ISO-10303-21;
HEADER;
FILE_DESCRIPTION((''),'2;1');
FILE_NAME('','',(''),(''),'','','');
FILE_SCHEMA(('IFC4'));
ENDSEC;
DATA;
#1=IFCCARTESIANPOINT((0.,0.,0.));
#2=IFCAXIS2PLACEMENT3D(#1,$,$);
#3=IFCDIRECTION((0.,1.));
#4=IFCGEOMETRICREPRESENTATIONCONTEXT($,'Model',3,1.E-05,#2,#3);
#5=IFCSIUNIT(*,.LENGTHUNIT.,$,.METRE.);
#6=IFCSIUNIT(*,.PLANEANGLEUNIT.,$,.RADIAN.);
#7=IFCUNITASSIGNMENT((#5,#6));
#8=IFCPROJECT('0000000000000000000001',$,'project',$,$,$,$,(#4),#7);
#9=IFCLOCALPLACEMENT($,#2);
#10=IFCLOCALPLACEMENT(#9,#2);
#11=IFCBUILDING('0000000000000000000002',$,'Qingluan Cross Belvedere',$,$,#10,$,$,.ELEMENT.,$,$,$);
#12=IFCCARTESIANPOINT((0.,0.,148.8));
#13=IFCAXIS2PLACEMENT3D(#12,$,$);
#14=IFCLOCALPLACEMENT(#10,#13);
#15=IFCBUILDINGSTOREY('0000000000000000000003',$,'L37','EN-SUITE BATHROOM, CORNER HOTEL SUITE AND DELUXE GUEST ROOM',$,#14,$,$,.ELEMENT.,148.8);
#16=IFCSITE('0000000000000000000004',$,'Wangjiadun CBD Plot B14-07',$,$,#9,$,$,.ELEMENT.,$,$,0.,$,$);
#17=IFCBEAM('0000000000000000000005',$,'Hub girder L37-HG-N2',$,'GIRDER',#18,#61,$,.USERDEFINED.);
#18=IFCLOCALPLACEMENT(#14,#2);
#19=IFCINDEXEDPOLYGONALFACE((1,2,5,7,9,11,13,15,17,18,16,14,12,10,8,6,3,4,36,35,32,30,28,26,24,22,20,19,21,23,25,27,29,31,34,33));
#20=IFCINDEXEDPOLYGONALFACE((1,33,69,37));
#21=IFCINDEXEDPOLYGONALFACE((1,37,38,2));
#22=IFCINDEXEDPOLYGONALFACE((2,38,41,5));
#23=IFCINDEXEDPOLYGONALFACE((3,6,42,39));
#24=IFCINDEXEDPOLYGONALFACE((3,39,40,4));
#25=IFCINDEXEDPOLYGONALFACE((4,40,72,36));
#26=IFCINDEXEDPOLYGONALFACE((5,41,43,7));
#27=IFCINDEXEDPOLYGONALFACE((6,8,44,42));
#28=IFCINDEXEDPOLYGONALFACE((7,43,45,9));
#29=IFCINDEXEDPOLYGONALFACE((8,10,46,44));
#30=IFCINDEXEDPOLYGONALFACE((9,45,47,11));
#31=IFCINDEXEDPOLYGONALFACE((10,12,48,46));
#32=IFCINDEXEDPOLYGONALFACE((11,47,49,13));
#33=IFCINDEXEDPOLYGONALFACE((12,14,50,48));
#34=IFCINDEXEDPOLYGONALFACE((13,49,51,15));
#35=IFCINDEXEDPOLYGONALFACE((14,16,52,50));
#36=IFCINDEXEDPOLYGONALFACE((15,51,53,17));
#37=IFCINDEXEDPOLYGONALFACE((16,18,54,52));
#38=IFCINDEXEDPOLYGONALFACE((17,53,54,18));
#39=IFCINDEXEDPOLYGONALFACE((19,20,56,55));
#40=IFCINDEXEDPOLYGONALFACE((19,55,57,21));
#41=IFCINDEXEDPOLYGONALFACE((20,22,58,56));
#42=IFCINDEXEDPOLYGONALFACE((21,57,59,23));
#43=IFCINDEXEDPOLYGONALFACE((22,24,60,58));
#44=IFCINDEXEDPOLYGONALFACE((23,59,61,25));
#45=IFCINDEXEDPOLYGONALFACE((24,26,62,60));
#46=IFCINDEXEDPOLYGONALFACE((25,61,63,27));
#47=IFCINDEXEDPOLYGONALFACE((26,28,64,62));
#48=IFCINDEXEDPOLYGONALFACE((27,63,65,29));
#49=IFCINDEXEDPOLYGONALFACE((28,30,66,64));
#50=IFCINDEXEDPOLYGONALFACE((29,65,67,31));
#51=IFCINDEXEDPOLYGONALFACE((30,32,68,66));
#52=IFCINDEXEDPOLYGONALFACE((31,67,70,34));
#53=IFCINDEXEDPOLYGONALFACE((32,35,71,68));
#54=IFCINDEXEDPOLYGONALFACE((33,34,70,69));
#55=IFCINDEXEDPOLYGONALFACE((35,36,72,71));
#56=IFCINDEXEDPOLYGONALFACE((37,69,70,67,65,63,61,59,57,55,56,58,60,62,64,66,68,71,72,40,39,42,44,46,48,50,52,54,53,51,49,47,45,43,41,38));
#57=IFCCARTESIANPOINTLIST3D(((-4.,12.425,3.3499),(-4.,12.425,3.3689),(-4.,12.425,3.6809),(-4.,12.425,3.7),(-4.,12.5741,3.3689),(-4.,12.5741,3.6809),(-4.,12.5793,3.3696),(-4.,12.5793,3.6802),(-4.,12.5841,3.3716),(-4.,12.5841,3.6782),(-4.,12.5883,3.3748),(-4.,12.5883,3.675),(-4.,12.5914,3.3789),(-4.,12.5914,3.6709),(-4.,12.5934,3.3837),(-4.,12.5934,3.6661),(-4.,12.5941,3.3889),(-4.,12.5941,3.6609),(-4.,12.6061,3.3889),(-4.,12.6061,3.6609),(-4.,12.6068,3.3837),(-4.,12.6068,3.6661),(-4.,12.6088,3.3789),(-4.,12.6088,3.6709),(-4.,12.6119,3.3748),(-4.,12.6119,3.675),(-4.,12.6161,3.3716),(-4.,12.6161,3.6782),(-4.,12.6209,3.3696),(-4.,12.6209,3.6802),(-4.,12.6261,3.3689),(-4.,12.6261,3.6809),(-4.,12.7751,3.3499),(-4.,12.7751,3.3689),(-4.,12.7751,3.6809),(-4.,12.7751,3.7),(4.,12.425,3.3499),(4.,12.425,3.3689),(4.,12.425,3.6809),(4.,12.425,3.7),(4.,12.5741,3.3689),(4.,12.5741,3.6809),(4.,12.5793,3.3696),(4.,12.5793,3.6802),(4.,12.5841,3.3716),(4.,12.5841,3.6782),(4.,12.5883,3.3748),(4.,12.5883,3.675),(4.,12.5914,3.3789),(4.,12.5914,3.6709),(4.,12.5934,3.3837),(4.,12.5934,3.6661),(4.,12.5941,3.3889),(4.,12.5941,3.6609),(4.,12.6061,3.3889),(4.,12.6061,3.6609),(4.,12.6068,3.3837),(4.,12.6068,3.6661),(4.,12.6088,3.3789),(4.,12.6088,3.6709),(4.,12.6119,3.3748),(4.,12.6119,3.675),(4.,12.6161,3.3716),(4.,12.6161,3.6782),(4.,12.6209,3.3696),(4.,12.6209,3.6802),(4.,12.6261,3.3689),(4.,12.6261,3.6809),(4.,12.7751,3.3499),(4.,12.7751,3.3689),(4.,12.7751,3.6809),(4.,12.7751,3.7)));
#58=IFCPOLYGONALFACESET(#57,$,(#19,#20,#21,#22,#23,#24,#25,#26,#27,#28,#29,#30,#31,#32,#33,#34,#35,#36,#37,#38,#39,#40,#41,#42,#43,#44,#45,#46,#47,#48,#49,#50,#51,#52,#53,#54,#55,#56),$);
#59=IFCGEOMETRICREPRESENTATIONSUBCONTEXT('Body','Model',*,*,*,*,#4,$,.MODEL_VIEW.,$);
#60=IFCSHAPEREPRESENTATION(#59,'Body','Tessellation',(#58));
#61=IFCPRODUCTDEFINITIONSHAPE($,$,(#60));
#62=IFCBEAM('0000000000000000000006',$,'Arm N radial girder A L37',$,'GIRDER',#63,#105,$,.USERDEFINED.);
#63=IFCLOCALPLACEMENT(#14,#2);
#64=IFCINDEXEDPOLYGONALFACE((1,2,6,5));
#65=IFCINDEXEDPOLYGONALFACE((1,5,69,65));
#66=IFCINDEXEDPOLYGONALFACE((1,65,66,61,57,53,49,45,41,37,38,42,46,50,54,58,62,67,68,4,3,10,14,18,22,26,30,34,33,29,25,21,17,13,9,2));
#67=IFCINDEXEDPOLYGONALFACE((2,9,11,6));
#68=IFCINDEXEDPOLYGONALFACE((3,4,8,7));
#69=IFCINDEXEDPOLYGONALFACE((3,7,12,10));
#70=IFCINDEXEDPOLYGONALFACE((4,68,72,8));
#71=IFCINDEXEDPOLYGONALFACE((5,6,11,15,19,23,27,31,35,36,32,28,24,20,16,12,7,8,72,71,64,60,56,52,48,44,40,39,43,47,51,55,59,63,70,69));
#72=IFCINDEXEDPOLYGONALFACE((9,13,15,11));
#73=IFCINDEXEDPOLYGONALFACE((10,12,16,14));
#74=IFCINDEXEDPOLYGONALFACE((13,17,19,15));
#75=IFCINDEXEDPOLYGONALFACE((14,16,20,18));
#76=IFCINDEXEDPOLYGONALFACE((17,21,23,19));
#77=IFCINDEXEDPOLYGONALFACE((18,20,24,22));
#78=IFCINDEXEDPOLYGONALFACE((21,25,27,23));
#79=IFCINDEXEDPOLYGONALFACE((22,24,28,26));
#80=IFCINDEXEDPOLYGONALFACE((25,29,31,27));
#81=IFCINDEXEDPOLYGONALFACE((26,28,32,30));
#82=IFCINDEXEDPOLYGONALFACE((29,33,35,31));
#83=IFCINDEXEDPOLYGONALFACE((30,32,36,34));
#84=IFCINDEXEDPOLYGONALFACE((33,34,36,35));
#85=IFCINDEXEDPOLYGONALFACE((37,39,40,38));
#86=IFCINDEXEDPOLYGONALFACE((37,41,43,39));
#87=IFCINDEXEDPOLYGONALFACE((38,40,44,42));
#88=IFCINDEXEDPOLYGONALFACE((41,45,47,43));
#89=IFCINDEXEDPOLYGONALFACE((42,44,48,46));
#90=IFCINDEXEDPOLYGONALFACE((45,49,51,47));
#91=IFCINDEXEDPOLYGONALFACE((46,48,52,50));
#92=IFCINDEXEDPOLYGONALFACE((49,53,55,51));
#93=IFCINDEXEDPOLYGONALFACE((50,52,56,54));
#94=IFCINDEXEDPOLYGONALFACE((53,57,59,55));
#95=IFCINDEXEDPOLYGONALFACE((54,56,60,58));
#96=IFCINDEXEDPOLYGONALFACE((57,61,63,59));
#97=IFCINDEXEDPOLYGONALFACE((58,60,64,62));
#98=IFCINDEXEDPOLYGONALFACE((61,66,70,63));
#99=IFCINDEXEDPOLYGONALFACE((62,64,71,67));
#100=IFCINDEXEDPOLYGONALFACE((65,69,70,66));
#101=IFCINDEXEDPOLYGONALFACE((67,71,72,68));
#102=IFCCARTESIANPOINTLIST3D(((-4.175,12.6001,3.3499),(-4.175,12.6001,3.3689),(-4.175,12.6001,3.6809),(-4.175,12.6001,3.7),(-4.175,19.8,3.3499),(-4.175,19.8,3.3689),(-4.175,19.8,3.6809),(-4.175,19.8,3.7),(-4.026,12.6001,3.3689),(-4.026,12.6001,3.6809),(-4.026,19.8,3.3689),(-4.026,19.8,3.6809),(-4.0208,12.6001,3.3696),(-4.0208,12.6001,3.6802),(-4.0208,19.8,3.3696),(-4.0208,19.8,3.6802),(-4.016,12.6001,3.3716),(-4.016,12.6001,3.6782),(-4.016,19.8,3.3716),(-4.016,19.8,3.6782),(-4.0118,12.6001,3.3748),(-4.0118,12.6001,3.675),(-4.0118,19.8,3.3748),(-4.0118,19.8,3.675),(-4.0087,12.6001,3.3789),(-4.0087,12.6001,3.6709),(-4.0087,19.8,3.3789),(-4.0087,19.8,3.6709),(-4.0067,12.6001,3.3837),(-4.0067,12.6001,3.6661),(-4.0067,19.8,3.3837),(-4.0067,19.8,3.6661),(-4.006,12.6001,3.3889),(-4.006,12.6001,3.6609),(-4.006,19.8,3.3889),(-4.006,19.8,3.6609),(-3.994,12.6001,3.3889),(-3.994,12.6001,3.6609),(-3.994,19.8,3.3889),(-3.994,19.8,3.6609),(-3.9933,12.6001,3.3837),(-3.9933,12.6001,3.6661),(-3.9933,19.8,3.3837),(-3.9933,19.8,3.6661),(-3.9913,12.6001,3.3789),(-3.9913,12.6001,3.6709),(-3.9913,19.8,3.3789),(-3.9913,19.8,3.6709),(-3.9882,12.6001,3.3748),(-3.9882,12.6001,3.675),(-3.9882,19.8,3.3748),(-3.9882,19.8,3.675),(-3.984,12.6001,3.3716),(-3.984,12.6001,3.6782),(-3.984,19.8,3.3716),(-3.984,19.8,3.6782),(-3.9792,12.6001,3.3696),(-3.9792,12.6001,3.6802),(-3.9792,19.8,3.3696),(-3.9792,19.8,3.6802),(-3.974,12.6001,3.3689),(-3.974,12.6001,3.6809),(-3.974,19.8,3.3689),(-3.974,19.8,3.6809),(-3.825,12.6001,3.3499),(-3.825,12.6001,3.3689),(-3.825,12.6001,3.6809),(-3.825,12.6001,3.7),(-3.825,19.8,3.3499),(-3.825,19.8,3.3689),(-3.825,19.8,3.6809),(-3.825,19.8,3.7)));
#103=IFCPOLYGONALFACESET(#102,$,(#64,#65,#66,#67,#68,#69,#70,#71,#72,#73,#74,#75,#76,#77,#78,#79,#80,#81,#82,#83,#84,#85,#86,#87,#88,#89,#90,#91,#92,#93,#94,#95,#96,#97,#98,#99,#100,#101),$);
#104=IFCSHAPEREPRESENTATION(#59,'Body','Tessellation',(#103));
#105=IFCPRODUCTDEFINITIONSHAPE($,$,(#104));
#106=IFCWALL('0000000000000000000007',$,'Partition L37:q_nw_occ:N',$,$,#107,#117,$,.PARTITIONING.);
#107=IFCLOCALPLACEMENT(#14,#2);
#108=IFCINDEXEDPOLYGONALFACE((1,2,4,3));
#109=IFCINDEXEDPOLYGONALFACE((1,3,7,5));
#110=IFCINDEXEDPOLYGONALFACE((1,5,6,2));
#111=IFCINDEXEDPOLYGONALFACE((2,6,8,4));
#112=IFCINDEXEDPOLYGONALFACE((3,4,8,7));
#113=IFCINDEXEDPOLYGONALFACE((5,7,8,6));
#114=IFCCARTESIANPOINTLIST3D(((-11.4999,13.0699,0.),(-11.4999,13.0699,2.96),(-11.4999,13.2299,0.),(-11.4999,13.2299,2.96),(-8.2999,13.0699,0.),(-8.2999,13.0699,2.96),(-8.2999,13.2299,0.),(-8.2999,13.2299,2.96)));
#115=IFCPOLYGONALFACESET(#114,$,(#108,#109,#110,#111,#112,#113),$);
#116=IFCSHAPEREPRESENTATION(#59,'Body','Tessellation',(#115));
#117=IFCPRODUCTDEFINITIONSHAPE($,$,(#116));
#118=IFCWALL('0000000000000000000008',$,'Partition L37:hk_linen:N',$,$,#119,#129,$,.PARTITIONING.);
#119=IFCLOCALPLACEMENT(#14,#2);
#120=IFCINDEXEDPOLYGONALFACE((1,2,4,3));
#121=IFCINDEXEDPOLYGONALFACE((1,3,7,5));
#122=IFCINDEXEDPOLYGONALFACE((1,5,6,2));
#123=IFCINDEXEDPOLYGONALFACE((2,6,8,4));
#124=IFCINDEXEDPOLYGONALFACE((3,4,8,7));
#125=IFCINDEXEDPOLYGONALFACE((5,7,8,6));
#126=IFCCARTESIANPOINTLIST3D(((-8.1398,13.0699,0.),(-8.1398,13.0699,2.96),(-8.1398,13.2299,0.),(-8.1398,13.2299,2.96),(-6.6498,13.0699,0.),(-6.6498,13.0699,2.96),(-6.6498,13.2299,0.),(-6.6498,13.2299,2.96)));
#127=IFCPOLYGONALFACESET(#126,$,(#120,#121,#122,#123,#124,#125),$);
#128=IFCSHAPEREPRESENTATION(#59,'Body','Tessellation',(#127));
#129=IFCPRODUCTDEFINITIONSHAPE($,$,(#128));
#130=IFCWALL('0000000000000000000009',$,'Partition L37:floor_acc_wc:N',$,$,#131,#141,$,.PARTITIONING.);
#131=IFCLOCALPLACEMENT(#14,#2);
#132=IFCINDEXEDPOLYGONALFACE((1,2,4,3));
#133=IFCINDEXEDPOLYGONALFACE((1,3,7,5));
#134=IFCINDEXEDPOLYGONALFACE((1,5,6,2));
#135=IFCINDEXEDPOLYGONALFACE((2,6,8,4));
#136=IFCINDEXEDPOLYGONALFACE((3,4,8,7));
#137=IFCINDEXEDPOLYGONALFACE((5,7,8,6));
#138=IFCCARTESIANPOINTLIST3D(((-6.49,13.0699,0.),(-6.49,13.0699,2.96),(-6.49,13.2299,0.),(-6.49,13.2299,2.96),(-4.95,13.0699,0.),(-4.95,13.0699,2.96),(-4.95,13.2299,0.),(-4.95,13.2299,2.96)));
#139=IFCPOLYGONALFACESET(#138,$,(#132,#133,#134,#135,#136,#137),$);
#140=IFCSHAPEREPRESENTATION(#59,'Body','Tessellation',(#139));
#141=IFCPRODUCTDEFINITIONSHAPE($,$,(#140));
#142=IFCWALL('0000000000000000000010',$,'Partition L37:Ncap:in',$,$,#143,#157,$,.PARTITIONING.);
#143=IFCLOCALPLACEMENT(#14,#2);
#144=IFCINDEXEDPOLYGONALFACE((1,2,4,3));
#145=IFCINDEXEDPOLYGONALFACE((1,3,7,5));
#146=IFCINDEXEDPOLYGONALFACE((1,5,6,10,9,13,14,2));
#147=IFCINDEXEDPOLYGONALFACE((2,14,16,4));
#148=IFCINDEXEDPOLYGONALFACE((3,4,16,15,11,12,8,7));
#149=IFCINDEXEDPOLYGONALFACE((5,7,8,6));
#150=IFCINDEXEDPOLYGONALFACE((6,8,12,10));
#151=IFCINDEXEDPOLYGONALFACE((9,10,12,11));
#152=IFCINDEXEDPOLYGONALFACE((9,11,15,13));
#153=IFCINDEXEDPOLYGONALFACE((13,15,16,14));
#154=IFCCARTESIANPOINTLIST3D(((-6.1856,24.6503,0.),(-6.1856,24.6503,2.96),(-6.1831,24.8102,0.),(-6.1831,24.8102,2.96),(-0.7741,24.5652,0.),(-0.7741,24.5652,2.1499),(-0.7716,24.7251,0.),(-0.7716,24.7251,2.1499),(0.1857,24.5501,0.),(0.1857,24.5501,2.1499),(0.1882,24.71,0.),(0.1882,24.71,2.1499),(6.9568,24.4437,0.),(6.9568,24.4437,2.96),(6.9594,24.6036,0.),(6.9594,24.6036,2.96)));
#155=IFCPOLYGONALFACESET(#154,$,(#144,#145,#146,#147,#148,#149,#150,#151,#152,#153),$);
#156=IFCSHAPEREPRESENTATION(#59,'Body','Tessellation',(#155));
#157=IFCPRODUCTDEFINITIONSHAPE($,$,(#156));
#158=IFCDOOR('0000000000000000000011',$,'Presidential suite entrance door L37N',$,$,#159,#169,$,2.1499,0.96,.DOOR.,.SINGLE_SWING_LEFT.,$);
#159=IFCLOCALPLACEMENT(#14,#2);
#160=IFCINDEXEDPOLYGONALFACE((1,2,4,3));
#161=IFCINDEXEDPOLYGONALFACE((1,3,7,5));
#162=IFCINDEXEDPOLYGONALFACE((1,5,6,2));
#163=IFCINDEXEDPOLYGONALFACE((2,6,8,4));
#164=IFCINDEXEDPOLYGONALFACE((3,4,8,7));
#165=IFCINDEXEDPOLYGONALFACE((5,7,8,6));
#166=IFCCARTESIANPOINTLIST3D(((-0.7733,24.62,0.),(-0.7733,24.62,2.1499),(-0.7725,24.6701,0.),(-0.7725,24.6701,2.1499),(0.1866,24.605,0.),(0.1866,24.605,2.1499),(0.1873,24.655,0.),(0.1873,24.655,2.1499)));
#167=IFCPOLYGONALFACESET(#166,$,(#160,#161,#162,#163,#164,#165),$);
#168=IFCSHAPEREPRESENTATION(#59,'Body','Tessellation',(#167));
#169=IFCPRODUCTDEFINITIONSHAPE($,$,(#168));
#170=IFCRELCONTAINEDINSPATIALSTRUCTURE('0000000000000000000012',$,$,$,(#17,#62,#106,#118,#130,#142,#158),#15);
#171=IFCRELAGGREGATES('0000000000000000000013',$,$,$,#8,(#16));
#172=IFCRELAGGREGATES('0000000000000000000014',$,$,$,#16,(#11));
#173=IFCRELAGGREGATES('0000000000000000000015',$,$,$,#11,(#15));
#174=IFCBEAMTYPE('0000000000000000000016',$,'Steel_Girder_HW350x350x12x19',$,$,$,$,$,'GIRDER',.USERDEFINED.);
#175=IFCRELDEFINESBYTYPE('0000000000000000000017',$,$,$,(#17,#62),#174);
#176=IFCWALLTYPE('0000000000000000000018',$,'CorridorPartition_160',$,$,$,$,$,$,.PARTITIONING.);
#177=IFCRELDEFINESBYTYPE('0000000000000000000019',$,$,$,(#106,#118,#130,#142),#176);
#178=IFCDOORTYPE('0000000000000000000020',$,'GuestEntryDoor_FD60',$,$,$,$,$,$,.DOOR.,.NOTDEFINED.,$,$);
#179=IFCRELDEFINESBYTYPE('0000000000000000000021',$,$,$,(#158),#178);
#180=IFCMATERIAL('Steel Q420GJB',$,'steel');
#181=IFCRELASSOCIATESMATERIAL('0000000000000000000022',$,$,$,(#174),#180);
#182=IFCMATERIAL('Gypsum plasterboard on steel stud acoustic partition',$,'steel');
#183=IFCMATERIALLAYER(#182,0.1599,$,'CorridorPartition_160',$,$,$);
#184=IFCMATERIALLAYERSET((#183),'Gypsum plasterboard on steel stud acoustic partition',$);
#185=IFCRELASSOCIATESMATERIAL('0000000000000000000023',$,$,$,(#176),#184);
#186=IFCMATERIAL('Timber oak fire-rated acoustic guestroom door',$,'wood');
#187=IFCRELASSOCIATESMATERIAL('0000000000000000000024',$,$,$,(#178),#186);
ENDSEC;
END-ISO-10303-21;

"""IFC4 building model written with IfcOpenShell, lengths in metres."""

from ifc_helpers import new_model, si_unit, direction, frame, frame_2d, origin, origin_2d, place, context, subcontext, project, spatial, rectangle, i_section, extrude, material, layer, layer_set, material_profile, profile_set, type_object, element, fill, save


model = new_model("IFC4")

# Units and contexts
model_context = context("Model", 3, precision=1e-05, world=origin(), true_north=direction((0.0, 1.0)))
body_context = subcontext(model_context, "Body", "Model", "MODEL_VIEW")
ifc_project = project(units=[si_unit("LENGTHUNIT", "METRE"), si_unit("PLANEANGLEUNIT", "RADIAN")], contexts=[model_context])

# Site, building, storey
site_placement = place(None, origin())
site = spatial("IfcSite", under=ifc_project, at=site_placement, Name="Wangjiadun CBD Plot B14-07", CompositionType="ELEMENT", RefElevation=0.0)
building_placement = place(site_placement, origin())
building = spatial("IfcBuilding", under=site, at=building_placement, Name="Qingluan Cross Belvedere", CompositionType="ELEMENT")
storey_placement = place(building_placement, frame((0.0, 0.0, 148.8)))
storey = spatial("IfcBuildingStorey", under=building, at=storey_placement, Name="L37", Description="EN-SUITE BATHROOM, CORNER HOTEL SUITE AND DELUXE GUEST ROOM", CompositionType="ELEMENT", Elevation=148.8)

# Beams
ifc_material_1 = material(Name="Steel Q420GJB", Category="steel")
ifc_material_profile_1 = material_profile(ifc_material_1, i_section(OverallWidth=0.3501, OverallDepth=0.3501, WebThickness=0.012, FlangeThickness=0.019, FilletRadius=0.02, at=origin_2d()), Name="HW350x350x12x19")
ifc_profile_set_1 = profile_set([ifc_material_profile_1], Name="Steel Q420GJB")
beam_type_1 = type_object("IfcBeamType", Name="Steel_Girder_HW350x350x12x19", ElementType="GIRDER", PredefinedType="USERDEFINED", material=ifc_profile_set_1)
beam_1_placement = place(storey_placement, frame((-4.0, 12.6001, 3.5249), z_axis=(1.0, 0.0, 0.0), x_axis=(0.0, 1.0, 0.0)))
element("IfcBeam", 1, at=beam_1_placement, inside=storey, type_object=beam_type_1, Name="Hub girder L37-HG-N2", ObjectType="GIRDER", PredefinedType="USERDEFINED", context=body_context, shape_type="SweptSolid", body=[
    extrude(i_section(OverallWidth=0.3501, OverallDepth=0.3501, WebThickness=0.012, FlangeThickness=0.019, FilletRadius=0.02, at=origin_2d()), origin(), (0.0, 0.0, 1.0), 8.0),
])
beam_2_placement = place(storey_placement, frame((-4.0, 12.6001, 3.5249), z_axis=(0.0, 1.0, 0.0), x_axis=(-1.0, 0.0, 0.0)))
element("IfcBeam", 2, at=beam_2_placement, inside=storey, type_object=beam_type_1, Name="Arm N radial girder A L37", ObjectType="GIRDER", PredefinedType="USERDEFINED", context=body_context, shape_type="SweptSolid", body=[
    extrude(i_section(OverallWidth=0.3501, OverallDepth=0.3501, WebThickness=0.012, FlangeThickness=0.019, FilletRadius=0.02, at=origin_2d()), origin(), (0.0, 0.0, 1.0), 7.2),
])

# Walls
ifc_material_2 = material(Name="Gypsum plasterboard on steel stud acoustic partition", Category="steel")
ifc_layer_1 = layer(ifc_material_2, 0.1599, Name="CorridorPartition_160")
ifc_layer_set_1 = layer_set([ifc_layer_1], Name="Gypsum plasterboard on steel stud acoustic partition")
wall_type_1 = type_object("IfcWallType", Name="CorridorPartition_160", PredefinedType="PARTITIONING", material=ifc_layer_set_1)
wall_1_placement = place(storey_placement, frame((-11.5, 13.1499, 0.0), z_axis=(0.0, 0.0, 1.0), x_axis=(1.0, 0.0, 0.0)))
element("IfcWall", 3, at=wall_1_placement, inside=storey, type_object=wall_type_1, Name="Partition L37:q_nw_occ:N", PredefinedType="PARTITIONING", context=body_context, shape_type="SweptSolid", body=[
    extrude(rectangle(XDim=3.2, YDim=0.1599, at=frame_2d((1.6001, 0.0))), origin(), (0.0, 0.0, 1.0), 2.96),
])
wall_2_placement = place(storey_placement, frame((-8.1399, 13.1499, 0.0), z_axis=(0.0, 0.0, 1.0), x_axis=(1.0, 0.0, 0.0)))
element("IfcWall", 4, at=wall_2_placement, inside=storey, type_object=wall_type_1, Name="Partition L37:hk_linen:N", PredefinedType="PARTITIONING", context=body_context, shape_type="SweptSolid", body=[
    extrude(rectangle(XDim=1.49, YDim=0.1599, at=frame_2d((0.7451, 0.0))), origin(), (0.0, 0.0, 1.0), 2.96),
])
wall_3_placement = place(storey_placement, frame((-6.49, 13.1499, 0.0), z_axis=(0.0, 0.0, 1.0), x_axis=(1.0, 0.0, 0.0)))
element("IfcWall", 5, at=wall_3_placement, inside=storey, type_object=wall_type_1, Name="Partition L37:floor_acc_wc:N", PredefinedType="PARTITIONING", context=body_context, shape_type="SweptSolid", body=[
    extrude(rectangle(XDim=1.54, YDim=0.1599, at=frame_2d((0.77, 0.0))), origin(), (0.0, 0.0, 1.0), 2.96),
])

# Wall, opening, door
wall_4_placement = place(storey_placement, frame((-6.1843, 24.7302, 0.0), z_axis=(0.0, 0.0, 1.0), x_axis=(0.999877, -0.015714, 0.0)))
wall_4 = element("IfcWall", 6, at=wall_4_placement, inside=storey, type_object=wall_type_1, Name="Partition L37:Ncap:in", PredefinedType="PARTITIONING", context=body_context, shape_type="SweptSolid", body=[
    extrude(rectangle(XDim=13.144, YDim=0.1599, at=frame_2d((6.572, 0.0))), origin(), (0.0, 0.0, 1.0), 2.96),
])
opening_1_placement = place(wall_4_placement, frame((5.4121, 0.0, 0.0)))
opening_1 = element("IfcOpeningElement", 7, at=opening_1_placement, cuts=wall_4, PredefinedType="OPENING", context=body_context, shape_type="SweptSolid", body=[
    extrude(rectangle(XDim=0.96, YDim=2.1499, at=frame_2d((0.48, 1.075))), frame((0.0, 0.0898, 0.0), z_axis=(0.0, -1.0, 0.0), x_axis=(1.0, 0.0, 0.0)), (0.0, 0.0, 1.0), 0.1799),
])
ifc_material_3 = material(Name="Timber oak fire-rated acoustic guestroom door", Category="wood")
door_type_1 = type_object("IfcDoorType", Name="GuestEntryDoor_FD60", OperationType="NOTDEFINED", PredefinedType="DOOR", material=ifc_material_3)
door_1_placement = place(opening_1_placement, origin())
door_1 = element("IfcDoor", 8, at=door_1_placement, inside=storey, type_object=door_type_1, Name="Presidential suite entrance door L37N", OperationType="SINGLE_SWING_LEFT", OverallHeight=2.1499, OverallWidth=0.96, PredefinedType="DOOR", context=body_context, shape_type="SweptSolid", body=[
    extrude(rectangle(XDim=0.96, YDim=2.1499, at=frame_2d((0.48, 1.075))), frame((0.0, 0.0249, 0.0), z_axis=(0.0, -1.0, 0.0), x_axis=(1.0, 0.0, 0.0)), (0.0, 0.0, 1.0), 0.05),
])
fill(opening_1, door_1)

save(model, "model.ifc")
